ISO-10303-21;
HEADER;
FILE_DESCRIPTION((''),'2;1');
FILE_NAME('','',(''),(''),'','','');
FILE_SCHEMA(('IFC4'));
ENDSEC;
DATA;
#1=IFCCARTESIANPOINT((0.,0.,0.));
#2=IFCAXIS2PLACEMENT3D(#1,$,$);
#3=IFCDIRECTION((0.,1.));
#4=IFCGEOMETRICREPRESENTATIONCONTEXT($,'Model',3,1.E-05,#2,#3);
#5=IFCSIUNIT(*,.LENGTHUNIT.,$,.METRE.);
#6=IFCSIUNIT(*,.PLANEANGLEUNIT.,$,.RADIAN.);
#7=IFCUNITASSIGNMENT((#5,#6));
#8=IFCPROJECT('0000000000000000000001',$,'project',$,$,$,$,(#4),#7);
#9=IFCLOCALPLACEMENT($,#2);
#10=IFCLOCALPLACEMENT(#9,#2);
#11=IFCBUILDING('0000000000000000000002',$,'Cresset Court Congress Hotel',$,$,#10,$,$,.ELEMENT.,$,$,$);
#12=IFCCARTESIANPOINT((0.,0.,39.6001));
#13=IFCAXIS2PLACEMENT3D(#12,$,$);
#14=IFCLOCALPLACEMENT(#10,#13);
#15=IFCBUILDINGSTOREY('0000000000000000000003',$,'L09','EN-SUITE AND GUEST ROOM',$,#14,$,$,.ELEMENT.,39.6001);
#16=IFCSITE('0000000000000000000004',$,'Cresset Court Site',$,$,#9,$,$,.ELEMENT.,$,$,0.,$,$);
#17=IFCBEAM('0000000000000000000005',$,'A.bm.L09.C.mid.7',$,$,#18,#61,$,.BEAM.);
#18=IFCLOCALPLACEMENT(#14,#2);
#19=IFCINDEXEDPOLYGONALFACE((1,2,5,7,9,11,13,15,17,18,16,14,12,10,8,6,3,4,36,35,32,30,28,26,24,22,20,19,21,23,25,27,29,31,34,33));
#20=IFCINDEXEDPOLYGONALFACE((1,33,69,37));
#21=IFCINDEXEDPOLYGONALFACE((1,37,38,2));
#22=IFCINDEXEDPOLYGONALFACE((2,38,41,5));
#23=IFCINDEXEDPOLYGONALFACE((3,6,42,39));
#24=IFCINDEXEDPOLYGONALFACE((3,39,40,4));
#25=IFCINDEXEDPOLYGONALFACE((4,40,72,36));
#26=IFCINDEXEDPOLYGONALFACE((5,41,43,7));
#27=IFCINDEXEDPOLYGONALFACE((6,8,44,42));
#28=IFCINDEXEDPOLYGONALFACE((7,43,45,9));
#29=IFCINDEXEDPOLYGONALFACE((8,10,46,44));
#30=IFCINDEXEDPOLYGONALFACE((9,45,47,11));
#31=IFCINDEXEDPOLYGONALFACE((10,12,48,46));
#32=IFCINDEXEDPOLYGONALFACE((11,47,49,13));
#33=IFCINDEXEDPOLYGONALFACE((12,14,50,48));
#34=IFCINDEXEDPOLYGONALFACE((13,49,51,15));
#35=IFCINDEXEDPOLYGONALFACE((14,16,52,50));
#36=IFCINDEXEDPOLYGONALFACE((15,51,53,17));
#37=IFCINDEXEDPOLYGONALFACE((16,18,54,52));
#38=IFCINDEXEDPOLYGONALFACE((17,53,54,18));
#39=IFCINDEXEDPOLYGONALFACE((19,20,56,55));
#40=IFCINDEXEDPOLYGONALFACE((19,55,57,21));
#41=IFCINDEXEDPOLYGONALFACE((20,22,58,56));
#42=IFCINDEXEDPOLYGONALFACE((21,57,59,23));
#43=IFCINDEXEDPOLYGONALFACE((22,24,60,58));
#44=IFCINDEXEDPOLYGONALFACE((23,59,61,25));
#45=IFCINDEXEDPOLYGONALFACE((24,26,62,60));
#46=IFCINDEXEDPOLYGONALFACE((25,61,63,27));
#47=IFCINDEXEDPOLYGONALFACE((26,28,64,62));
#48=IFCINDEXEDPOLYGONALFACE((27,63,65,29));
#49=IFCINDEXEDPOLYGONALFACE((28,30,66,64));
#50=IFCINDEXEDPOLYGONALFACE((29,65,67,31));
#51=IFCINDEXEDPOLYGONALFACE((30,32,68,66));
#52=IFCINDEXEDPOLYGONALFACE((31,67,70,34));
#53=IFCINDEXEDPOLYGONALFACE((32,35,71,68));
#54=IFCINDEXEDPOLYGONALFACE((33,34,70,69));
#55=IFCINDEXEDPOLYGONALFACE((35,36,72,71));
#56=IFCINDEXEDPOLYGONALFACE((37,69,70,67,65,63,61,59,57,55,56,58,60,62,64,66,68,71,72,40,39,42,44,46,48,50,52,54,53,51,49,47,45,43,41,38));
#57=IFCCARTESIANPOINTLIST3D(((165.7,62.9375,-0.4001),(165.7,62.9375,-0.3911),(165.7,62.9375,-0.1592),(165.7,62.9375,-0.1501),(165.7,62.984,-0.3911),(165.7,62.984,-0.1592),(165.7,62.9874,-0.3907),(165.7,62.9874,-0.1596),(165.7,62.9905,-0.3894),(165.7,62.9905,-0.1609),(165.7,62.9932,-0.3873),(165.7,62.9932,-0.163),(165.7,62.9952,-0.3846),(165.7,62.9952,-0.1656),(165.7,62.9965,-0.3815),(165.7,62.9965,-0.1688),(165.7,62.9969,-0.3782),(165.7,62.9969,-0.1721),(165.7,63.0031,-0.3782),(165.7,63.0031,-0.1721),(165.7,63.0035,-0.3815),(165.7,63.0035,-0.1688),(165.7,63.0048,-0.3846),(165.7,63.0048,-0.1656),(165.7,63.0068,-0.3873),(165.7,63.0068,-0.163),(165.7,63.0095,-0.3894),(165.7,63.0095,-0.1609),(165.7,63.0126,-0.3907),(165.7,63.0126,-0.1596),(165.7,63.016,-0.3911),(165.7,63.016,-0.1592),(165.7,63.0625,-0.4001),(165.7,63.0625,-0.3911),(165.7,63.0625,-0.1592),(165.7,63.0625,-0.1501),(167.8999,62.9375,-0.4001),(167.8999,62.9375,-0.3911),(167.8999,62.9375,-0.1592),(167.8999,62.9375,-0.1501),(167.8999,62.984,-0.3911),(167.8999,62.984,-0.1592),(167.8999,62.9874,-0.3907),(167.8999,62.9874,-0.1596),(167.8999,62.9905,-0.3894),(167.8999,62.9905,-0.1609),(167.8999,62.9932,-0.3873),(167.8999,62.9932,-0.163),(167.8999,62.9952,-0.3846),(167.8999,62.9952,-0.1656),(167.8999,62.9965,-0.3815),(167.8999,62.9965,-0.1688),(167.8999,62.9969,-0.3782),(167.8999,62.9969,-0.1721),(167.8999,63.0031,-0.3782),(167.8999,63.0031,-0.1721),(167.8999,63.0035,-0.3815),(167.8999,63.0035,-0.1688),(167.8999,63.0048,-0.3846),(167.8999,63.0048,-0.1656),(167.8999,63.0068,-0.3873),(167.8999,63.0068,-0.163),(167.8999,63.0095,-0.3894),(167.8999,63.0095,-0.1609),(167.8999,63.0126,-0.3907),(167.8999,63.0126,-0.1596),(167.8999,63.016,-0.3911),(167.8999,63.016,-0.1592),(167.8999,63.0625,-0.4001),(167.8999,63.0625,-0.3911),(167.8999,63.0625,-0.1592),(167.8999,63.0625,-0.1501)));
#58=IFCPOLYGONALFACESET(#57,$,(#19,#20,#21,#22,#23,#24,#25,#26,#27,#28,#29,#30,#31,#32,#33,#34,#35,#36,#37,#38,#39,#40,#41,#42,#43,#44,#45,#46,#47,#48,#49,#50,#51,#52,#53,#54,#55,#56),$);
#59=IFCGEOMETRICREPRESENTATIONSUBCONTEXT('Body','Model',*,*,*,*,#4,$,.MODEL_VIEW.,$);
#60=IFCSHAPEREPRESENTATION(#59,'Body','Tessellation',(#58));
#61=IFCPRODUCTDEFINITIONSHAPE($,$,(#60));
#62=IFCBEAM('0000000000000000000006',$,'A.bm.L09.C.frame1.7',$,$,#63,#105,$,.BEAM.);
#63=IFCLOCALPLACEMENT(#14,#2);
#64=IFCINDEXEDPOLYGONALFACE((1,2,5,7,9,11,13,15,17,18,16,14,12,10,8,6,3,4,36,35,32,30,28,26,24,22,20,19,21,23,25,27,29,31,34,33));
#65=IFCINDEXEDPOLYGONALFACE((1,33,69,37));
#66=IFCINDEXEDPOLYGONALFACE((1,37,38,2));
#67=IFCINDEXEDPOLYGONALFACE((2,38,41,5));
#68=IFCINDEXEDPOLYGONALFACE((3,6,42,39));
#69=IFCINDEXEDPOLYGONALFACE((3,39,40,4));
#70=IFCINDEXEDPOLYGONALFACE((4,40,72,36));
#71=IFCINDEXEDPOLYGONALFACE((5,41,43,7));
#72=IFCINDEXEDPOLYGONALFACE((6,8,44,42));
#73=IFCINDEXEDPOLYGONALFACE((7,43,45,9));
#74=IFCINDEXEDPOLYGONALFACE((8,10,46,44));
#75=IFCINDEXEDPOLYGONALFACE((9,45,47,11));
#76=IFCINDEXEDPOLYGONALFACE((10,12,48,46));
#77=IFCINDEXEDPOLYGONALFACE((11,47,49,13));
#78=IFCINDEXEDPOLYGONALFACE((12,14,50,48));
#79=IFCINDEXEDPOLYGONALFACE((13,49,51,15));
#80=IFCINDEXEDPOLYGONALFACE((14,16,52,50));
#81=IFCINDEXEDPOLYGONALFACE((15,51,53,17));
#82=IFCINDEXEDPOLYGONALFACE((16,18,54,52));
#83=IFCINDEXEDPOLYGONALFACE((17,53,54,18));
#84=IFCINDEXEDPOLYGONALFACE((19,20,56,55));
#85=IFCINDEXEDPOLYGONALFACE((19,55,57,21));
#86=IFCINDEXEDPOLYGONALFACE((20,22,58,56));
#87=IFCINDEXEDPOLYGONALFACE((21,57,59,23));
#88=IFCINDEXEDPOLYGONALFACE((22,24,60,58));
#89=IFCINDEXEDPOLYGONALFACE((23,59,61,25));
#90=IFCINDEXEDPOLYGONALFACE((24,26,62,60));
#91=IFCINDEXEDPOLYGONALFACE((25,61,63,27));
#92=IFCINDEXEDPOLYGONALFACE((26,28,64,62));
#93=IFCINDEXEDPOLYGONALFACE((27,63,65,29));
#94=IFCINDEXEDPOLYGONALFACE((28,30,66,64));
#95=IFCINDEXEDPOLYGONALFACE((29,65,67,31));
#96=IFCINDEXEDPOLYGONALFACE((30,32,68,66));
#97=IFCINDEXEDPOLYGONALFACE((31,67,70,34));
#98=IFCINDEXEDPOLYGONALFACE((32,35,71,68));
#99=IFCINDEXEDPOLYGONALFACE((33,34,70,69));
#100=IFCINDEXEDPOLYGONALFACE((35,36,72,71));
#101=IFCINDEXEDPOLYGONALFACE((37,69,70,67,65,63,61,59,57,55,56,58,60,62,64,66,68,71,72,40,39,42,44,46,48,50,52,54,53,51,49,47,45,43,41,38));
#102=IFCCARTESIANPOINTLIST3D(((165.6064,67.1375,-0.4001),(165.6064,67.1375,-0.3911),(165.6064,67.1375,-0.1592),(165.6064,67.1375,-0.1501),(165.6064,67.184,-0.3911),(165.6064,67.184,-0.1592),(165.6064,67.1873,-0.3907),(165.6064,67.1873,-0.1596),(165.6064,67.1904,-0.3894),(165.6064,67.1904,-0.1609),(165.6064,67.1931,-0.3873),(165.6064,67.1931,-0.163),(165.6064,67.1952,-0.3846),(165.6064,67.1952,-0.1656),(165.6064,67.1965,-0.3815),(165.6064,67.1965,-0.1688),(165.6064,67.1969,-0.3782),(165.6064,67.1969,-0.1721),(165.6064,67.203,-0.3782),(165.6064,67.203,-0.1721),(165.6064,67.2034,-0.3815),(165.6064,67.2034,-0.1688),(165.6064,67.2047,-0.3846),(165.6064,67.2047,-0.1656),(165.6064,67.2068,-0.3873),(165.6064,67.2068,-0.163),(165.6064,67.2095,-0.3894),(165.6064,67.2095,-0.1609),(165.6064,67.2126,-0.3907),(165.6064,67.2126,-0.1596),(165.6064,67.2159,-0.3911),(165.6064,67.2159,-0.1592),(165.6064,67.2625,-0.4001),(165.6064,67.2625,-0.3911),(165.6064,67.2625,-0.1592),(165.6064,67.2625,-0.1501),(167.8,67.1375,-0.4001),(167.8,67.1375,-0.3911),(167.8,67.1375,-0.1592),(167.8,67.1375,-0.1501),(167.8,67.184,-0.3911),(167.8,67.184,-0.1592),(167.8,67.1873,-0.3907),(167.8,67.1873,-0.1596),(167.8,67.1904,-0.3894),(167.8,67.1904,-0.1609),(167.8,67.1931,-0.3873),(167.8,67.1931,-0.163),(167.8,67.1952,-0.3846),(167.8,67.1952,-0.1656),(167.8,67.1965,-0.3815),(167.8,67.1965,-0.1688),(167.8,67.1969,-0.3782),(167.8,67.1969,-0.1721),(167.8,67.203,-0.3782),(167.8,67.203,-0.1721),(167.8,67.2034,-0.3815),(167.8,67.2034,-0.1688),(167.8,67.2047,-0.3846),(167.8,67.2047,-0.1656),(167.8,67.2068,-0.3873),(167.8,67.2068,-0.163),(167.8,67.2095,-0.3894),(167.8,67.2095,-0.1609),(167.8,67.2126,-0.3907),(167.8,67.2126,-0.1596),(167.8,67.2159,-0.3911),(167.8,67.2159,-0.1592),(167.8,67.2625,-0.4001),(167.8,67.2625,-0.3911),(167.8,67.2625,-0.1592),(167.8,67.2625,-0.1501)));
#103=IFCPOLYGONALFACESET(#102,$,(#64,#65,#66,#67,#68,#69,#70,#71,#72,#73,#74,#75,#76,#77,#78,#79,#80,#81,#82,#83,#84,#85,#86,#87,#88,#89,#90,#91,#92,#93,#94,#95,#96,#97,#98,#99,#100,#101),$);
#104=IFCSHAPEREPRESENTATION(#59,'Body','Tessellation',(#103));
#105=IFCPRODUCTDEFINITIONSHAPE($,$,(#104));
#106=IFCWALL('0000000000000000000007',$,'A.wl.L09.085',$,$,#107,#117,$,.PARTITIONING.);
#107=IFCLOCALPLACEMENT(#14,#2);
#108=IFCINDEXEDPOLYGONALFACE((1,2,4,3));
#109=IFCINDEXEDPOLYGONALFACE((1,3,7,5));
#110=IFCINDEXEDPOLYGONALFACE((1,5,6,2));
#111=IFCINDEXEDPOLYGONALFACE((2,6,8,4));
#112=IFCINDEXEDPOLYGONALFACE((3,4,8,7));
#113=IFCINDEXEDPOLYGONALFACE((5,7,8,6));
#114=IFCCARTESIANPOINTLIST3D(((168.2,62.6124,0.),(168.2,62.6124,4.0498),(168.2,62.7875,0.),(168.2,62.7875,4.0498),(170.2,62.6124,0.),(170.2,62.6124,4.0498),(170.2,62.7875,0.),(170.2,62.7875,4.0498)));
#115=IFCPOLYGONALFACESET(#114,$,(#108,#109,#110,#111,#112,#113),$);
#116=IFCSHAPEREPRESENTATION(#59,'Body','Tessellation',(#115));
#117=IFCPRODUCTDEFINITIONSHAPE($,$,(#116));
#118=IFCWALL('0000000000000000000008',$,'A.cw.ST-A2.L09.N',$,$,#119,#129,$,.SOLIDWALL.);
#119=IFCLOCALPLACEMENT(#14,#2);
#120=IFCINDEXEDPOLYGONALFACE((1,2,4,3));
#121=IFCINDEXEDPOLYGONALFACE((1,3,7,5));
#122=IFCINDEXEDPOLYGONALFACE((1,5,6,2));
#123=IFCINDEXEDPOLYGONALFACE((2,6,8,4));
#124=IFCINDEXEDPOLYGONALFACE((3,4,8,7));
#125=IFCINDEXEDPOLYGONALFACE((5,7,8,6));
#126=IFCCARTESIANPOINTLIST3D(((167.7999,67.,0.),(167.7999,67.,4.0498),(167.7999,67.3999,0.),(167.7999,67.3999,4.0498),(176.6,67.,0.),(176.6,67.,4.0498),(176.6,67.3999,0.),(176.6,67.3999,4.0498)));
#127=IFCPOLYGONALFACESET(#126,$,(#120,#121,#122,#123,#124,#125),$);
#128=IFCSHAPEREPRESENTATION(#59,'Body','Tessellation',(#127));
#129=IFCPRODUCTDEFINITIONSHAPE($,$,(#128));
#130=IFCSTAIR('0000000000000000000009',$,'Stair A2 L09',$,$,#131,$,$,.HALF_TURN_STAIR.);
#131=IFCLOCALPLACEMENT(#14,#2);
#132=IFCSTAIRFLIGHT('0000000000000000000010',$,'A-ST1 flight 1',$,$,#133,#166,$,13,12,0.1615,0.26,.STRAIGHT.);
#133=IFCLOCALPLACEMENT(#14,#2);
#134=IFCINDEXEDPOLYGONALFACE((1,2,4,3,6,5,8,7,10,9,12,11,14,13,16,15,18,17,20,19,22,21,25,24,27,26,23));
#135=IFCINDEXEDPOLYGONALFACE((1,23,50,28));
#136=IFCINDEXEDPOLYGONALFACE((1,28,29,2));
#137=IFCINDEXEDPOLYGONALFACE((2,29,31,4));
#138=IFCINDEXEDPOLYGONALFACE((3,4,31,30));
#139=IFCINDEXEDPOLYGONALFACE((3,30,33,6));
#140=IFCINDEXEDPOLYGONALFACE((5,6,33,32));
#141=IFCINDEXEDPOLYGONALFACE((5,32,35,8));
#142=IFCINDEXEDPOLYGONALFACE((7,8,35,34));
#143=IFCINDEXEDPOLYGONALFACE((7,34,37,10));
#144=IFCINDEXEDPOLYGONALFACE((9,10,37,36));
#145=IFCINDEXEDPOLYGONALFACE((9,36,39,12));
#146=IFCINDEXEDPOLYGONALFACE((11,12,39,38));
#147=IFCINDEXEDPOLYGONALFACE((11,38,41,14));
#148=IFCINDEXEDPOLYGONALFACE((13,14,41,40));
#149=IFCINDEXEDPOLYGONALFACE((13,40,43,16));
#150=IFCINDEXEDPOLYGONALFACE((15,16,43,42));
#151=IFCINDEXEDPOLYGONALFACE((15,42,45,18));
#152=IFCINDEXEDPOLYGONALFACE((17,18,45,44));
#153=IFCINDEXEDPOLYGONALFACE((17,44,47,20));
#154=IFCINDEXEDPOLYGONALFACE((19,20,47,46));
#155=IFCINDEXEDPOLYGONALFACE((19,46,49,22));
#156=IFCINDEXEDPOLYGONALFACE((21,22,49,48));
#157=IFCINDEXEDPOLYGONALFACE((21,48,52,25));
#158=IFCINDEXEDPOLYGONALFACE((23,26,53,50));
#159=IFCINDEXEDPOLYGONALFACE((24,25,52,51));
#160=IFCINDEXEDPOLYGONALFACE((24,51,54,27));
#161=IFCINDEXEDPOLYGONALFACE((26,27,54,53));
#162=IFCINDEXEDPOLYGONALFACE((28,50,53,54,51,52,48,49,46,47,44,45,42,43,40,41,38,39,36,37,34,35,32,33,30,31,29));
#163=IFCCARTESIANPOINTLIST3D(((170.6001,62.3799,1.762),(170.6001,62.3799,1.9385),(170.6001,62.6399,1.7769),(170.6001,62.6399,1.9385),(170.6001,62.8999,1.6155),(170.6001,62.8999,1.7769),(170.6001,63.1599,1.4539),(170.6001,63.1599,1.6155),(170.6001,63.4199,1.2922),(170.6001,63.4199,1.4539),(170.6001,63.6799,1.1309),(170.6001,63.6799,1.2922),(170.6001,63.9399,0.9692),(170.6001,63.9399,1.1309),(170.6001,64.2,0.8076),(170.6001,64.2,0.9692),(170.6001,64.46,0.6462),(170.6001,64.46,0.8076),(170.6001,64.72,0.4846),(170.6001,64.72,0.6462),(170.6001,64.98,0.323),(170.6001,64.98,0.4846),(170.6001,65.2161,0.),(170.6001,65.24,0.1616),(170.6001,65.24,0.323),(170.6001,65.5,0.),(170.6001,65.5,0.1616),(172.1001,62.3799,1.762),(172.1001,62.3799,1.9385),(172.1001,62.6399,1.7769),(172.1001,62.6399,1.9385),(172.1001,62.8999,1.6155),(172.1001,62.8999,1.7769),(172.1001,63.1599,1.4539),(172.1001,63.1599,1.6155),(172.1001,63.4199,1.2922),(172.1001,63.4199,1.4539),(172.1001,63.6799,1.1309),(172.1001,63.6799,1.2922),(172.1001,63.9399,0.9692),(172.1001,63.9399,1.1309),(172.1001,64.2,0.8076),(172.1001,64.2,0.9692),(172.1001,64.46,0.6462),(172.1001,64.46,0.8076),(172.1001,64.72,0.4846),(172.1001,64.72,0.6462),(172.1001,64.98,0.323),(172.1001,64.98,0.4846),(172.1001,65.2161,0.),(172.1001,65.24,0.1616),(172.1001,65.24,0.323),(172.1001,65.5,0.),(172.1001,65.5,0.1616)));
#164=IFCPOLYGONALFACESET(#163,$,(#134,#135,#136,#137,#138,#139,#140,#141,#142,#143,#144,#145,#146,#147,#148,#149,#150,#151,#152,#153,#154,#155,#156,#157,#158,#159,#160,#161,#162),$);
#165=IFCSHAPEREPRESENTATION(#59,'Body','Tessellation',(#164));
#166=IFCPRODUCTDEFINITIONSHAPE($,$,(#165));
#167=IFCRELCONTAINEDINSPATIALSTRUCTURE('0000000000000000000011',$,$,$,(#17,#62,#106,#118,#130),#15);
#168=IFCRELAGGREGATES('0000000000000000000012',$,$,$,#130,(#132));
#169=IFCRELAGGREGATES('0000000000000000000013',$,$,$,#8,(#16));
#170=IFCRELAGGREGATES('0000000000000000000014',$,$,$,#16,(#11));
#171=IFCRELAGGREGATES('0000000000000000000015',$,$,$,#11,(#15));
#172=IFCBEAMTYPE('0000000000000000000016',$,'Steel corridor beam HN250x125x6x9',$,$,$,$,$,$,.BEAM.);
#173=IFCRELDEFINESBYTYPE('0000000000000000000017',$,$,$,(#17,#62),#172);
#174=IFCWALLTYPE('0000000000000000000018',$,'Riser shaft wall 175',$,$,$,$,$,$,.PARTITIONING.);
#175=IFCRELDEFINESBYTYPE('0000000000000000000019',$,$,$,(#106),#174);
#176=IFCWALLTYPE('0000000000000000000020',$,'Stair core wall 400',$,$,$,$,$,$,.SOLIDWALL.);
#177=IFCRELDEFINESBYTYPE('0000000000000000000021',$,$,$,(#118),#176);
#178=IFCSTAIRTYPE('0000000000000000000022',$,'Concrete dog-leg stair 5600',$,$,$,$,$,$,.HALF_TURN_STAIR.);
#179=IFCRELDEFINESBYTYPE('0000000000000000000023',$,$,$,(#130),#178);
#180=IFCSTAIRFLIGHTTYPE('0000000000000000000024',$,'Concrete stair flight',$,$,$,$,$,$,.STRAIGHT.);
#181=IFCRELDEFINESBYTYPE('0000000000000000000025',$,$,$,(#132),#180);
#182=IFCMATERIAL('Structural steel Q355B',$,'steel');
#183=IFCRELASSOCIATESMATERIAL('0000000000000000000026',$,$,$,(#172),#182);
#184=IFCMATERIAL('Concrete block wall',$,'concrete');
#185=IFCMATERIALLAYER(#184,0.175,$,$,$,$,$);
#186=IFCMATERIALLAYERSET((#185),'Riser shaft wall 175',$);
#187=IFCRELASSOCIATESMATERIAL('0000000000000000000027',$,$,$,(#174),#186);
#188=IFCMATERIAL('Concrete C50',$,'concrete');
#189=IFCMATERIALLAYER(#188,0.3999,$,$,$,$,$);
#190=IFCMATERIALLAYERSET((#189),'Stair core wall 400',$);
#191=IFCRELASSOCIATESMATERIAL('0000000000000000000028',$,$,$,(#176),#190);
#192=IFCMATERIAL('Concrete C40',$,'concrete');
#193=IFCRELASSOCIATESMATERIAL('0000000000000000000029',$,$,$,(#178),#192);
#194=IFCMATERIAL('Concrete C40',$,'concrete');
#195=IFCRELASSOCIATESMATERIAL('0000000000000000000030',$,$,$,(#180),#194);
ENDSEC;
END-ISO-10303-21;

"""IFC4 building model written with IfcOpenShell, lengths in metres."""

from ifc_helpers import new_model, si_unit, direction, frame, frame_2d, origin, origin_2d, place, context, subcontext, project, spatial, polyline, rectangle, i_section, outline, extrude, material, layer, layer_set, material_profile, profile_set, type_object, element, aggregate, save


model = new_model("IFC4")

# Units and contexts
model_context = context("Model", 3, precision=1e-05, world=origin(), true_north=direction((0.0, 1.0)))
body_context = subcontext(model_context, "Body", "Model", "MODEL_VIEW")
ifc_project = project(units=[si_unit("LENGTHUNIT", "METRE"), si_unit("PLANEANGLEUNIT", "RADIAN")], contexts=[model_context])

# Site, building, storey
site_placement = place(None, origin())
site = spatial("IfcSite", under=ifc_project, at=site_placement, Name="Cresset Court Site", CompositionType="ELEMENT", RefElevation=0.0)
building_placement = place(site_placement, origin())
building = spatial("IfcBuilding", under=site, at=building_placement, Name="Cresset Court Congress Hotel", CompositionType="ELEMENT")
storey_placement = place(building_placement, frame((0.0, 0.0, 39.6001)))
storey = spatial("IfcBuildingStorey", under=building, at=storey_placement, Name="L09", Description="EN-SUITE AND GUEST ROOM", CompositionType="ELEMENT", Elevation=39.6001)

# Beams
ifc_material_1 = material(Name="Structural steel Q355B", Category="steel")
ifc_material_profile = material_profile(ifc_material_1, i_section(OverallWidth=0.125, OverallDepth=0.25, WebThickness=0.0061, FlangeThickness=0.009, FilletRadius=0.0129, at=origin_2d()), Name="HN250x125x6x9")
ifc_profile_set = profile_set([ifc_material_profile], Name="Structural steel Q355B")
beam_type = type_object("IfcBeamType", Name="Steel corridor beam HN250x125x6x9", PredefinedType="BEAM", material=ifc_profile_set)
beam_1_placement = place(storey_placement, frame((165.7, 63.0, -0.2751), z_axis=(1.0, 0.0, 0.0), x_axis=(0.0, 1.0, 0.0)))
element("IfcBeam", 1, at=beam_1_placement, inside=storey, type_object=beam_type, Name="A.bm.L09.C.mid.7", PredefinedType="BEAM", context=body_context, shape_type="SweptSolid", body=[
    extrude(i_section(OverallWidth=0.125, OverallDepth=0.25, WebThickness=0.0061, FlangeThickness=0.009, FilletRadius=0.0129, at=origin_2d()), origin(), (0.0, 0.0, 1.0), 2.2),
])
beam_2_placement = place(storey_placement, frame((165.6064, 67.2, -0.2751), z_axis=(1.0, 0.0, 0.0), x_axis=(0.0, 1.0, 0.0)))
element("IfcBeam", 2, at=beam_2_placement, inside=storey, type_object=beam_type, Name="A.bm.L09.C.frame1.7", PredefinedType="BEAM", context=body_context, shape_type="SweptSolid", body=[
    extrude(i_section(OverallWidth=0.125, OverallDepth=0.25, WebThickness=0.0061, FlangeThickness=0.009, FilletRadius=0.0129, at=origin_2d()), origin(), (0.0, 0.0, 1.0), 2.1936),
])

# Walls
ifc_material_2 = material(Name="Concrete block wall", Category="concrete")
ifc_layer_1 = layer(ifc_material_2, 0.175)
ifc_layer_set_1 = layer_set([ifc_layer_1], Name="Riser shaft wall 175")
wall_type_1 = type_object("IfcWallType", Name="Riser shaft wall 175", PredefinedType="PARTITIONING", material=ifc_layer_set_1)
wall_1_placement = place(storey_placement, frame((168.2, 62.7, 0.0), z_axis=(0.0, 0.0, 1.0), x_axis=(1.0, 0.0, 0.0)))
element("IfcWall", 3, at=wall_1_placement, inside=storey, type_object=wall_type_1, Name="A.wl.L09.085", PredefinedType="PARTITIONING", context=body_context, shape_type="SweptSolid", body=[
    extrude(rectangle(XDim=2.0, YDim=0.175, at=frame_2d((1.0, 0.0))), origin(), (0.0, 0.0, 1.0), 4.0498),
])
ifc_material_3 = material(Name="Concrete C50", Category="concrete")
ifc_layer_2 = layer(ifc_material_3, 0.3999)
ifc_layer_set_2 = layer_set([ifc_layer_2], Name="Stair core wall 400")
wall_type_2 = type_object("IfcWallType", Name="Stair core wall 400", PredefinedType="SOLIDWALL", material=ifc_layer_set_2)
wall_2_placement = place(storey_placement, frame((167.8, 67.2, 0.0), z_axis=(0.0, 0.0, 1.0), x_axis=(1.0, 0.0, 0.0)))
element("IfcWall", 4, at=wall_2_placement, inside=storey, type_object=wall_type_2, Name="A.cw.ST-A2.L09.N", PredefinedType="SOLIDWALL", context=body_context, shape_type="SweptSolid", body=[
    extrude(rectangle(XDim=8.8, YDim=0.3999, at=frame_2d((4.3999, 0.0))), origin(), (0.0, 0.0, 1.0), 4.0498),
])

# Stair, stair flight
ifc_material_4 = material(Name="Concrete C40", Category="concrete")
stair_type = type_object("IfcStairType", Name="Concrete dog-leg stair 5600", PredefinedType="HALF_TURN_STAIR", material=ifc_material_4)
stair_placement = place(storey_placement, origin())
stair = element("IfcStair", 5, at=stair_placement, inside=storey, type_object=stair_type, Name="Stair A2 L09", PredefinedType="HALF_TURN_STAIR")
ifc_material_5 = material(Name="Concrete C40", Category="concrete")
stair_flight_type = type_object("IfcStairFlightType", Name="Concrete stair flight", PredefinedType="STRAIGHT", material=ifc_material_5)
stair_flight_1_placement = place(storey_placement, frame((171.3501, 65.5, 0.0), z_axis=(0.0, 0.0, 1.0), x_axis=(0.0, -1.0, 0.0)))
stair_flight_1 = element("IfcStairFlight", 6, at=stair_flight_1_placement, type_object=stair_flight_type, Name="A-ST1 flight 1", NumberOfRisers=13, NumberOfTreads=12, PredefinedType="STRAIGHT", RiserHeight=0.1615, TreadLength=0.26, context=body_context, shape_type="SweptSolid", body=[
    extrude(outline(polyline([(0.0, 0.0), (0.0, 0.1616), (0.26, 0.1616), (0.26, 0.323), (0.52, 0.323), (0.52, 0.4846), (0.78, 0.4846), (0.78, 0.6462), (1.04, 0.6462), (1.04, 0.8076), (1.3, 0.8076), (1.3, 0.9692), (1.5601, 0.9692), (1.5601, 1.1309), (1.8201, 1.1309), (1.8201, 1.2922), (2.0801, 1.2922), (2.0801, 1.4539), (2.3401, 1.4539), (2.3401, 1.6155), (2.6001, 1.6155), (2.6001, 1.7769), (2.8601, 1.7769), (2.8601, 1.9385), (3.1201, 1.9385), (3.1201, 2.1001), (3.1201, 1.762), (0.2839, 0.0), (0.0, 0.0)])), frame((0.0, 0.75, 0.0), z_axis=(0.0, -1.0, 0.0), x_axis=(1.0, 0.0, 0.0)), (0.0, 0.0, 1.0), 1.5),
])
aggregate(stair, [stair_flight_1])

save(model, "model.ifc")
